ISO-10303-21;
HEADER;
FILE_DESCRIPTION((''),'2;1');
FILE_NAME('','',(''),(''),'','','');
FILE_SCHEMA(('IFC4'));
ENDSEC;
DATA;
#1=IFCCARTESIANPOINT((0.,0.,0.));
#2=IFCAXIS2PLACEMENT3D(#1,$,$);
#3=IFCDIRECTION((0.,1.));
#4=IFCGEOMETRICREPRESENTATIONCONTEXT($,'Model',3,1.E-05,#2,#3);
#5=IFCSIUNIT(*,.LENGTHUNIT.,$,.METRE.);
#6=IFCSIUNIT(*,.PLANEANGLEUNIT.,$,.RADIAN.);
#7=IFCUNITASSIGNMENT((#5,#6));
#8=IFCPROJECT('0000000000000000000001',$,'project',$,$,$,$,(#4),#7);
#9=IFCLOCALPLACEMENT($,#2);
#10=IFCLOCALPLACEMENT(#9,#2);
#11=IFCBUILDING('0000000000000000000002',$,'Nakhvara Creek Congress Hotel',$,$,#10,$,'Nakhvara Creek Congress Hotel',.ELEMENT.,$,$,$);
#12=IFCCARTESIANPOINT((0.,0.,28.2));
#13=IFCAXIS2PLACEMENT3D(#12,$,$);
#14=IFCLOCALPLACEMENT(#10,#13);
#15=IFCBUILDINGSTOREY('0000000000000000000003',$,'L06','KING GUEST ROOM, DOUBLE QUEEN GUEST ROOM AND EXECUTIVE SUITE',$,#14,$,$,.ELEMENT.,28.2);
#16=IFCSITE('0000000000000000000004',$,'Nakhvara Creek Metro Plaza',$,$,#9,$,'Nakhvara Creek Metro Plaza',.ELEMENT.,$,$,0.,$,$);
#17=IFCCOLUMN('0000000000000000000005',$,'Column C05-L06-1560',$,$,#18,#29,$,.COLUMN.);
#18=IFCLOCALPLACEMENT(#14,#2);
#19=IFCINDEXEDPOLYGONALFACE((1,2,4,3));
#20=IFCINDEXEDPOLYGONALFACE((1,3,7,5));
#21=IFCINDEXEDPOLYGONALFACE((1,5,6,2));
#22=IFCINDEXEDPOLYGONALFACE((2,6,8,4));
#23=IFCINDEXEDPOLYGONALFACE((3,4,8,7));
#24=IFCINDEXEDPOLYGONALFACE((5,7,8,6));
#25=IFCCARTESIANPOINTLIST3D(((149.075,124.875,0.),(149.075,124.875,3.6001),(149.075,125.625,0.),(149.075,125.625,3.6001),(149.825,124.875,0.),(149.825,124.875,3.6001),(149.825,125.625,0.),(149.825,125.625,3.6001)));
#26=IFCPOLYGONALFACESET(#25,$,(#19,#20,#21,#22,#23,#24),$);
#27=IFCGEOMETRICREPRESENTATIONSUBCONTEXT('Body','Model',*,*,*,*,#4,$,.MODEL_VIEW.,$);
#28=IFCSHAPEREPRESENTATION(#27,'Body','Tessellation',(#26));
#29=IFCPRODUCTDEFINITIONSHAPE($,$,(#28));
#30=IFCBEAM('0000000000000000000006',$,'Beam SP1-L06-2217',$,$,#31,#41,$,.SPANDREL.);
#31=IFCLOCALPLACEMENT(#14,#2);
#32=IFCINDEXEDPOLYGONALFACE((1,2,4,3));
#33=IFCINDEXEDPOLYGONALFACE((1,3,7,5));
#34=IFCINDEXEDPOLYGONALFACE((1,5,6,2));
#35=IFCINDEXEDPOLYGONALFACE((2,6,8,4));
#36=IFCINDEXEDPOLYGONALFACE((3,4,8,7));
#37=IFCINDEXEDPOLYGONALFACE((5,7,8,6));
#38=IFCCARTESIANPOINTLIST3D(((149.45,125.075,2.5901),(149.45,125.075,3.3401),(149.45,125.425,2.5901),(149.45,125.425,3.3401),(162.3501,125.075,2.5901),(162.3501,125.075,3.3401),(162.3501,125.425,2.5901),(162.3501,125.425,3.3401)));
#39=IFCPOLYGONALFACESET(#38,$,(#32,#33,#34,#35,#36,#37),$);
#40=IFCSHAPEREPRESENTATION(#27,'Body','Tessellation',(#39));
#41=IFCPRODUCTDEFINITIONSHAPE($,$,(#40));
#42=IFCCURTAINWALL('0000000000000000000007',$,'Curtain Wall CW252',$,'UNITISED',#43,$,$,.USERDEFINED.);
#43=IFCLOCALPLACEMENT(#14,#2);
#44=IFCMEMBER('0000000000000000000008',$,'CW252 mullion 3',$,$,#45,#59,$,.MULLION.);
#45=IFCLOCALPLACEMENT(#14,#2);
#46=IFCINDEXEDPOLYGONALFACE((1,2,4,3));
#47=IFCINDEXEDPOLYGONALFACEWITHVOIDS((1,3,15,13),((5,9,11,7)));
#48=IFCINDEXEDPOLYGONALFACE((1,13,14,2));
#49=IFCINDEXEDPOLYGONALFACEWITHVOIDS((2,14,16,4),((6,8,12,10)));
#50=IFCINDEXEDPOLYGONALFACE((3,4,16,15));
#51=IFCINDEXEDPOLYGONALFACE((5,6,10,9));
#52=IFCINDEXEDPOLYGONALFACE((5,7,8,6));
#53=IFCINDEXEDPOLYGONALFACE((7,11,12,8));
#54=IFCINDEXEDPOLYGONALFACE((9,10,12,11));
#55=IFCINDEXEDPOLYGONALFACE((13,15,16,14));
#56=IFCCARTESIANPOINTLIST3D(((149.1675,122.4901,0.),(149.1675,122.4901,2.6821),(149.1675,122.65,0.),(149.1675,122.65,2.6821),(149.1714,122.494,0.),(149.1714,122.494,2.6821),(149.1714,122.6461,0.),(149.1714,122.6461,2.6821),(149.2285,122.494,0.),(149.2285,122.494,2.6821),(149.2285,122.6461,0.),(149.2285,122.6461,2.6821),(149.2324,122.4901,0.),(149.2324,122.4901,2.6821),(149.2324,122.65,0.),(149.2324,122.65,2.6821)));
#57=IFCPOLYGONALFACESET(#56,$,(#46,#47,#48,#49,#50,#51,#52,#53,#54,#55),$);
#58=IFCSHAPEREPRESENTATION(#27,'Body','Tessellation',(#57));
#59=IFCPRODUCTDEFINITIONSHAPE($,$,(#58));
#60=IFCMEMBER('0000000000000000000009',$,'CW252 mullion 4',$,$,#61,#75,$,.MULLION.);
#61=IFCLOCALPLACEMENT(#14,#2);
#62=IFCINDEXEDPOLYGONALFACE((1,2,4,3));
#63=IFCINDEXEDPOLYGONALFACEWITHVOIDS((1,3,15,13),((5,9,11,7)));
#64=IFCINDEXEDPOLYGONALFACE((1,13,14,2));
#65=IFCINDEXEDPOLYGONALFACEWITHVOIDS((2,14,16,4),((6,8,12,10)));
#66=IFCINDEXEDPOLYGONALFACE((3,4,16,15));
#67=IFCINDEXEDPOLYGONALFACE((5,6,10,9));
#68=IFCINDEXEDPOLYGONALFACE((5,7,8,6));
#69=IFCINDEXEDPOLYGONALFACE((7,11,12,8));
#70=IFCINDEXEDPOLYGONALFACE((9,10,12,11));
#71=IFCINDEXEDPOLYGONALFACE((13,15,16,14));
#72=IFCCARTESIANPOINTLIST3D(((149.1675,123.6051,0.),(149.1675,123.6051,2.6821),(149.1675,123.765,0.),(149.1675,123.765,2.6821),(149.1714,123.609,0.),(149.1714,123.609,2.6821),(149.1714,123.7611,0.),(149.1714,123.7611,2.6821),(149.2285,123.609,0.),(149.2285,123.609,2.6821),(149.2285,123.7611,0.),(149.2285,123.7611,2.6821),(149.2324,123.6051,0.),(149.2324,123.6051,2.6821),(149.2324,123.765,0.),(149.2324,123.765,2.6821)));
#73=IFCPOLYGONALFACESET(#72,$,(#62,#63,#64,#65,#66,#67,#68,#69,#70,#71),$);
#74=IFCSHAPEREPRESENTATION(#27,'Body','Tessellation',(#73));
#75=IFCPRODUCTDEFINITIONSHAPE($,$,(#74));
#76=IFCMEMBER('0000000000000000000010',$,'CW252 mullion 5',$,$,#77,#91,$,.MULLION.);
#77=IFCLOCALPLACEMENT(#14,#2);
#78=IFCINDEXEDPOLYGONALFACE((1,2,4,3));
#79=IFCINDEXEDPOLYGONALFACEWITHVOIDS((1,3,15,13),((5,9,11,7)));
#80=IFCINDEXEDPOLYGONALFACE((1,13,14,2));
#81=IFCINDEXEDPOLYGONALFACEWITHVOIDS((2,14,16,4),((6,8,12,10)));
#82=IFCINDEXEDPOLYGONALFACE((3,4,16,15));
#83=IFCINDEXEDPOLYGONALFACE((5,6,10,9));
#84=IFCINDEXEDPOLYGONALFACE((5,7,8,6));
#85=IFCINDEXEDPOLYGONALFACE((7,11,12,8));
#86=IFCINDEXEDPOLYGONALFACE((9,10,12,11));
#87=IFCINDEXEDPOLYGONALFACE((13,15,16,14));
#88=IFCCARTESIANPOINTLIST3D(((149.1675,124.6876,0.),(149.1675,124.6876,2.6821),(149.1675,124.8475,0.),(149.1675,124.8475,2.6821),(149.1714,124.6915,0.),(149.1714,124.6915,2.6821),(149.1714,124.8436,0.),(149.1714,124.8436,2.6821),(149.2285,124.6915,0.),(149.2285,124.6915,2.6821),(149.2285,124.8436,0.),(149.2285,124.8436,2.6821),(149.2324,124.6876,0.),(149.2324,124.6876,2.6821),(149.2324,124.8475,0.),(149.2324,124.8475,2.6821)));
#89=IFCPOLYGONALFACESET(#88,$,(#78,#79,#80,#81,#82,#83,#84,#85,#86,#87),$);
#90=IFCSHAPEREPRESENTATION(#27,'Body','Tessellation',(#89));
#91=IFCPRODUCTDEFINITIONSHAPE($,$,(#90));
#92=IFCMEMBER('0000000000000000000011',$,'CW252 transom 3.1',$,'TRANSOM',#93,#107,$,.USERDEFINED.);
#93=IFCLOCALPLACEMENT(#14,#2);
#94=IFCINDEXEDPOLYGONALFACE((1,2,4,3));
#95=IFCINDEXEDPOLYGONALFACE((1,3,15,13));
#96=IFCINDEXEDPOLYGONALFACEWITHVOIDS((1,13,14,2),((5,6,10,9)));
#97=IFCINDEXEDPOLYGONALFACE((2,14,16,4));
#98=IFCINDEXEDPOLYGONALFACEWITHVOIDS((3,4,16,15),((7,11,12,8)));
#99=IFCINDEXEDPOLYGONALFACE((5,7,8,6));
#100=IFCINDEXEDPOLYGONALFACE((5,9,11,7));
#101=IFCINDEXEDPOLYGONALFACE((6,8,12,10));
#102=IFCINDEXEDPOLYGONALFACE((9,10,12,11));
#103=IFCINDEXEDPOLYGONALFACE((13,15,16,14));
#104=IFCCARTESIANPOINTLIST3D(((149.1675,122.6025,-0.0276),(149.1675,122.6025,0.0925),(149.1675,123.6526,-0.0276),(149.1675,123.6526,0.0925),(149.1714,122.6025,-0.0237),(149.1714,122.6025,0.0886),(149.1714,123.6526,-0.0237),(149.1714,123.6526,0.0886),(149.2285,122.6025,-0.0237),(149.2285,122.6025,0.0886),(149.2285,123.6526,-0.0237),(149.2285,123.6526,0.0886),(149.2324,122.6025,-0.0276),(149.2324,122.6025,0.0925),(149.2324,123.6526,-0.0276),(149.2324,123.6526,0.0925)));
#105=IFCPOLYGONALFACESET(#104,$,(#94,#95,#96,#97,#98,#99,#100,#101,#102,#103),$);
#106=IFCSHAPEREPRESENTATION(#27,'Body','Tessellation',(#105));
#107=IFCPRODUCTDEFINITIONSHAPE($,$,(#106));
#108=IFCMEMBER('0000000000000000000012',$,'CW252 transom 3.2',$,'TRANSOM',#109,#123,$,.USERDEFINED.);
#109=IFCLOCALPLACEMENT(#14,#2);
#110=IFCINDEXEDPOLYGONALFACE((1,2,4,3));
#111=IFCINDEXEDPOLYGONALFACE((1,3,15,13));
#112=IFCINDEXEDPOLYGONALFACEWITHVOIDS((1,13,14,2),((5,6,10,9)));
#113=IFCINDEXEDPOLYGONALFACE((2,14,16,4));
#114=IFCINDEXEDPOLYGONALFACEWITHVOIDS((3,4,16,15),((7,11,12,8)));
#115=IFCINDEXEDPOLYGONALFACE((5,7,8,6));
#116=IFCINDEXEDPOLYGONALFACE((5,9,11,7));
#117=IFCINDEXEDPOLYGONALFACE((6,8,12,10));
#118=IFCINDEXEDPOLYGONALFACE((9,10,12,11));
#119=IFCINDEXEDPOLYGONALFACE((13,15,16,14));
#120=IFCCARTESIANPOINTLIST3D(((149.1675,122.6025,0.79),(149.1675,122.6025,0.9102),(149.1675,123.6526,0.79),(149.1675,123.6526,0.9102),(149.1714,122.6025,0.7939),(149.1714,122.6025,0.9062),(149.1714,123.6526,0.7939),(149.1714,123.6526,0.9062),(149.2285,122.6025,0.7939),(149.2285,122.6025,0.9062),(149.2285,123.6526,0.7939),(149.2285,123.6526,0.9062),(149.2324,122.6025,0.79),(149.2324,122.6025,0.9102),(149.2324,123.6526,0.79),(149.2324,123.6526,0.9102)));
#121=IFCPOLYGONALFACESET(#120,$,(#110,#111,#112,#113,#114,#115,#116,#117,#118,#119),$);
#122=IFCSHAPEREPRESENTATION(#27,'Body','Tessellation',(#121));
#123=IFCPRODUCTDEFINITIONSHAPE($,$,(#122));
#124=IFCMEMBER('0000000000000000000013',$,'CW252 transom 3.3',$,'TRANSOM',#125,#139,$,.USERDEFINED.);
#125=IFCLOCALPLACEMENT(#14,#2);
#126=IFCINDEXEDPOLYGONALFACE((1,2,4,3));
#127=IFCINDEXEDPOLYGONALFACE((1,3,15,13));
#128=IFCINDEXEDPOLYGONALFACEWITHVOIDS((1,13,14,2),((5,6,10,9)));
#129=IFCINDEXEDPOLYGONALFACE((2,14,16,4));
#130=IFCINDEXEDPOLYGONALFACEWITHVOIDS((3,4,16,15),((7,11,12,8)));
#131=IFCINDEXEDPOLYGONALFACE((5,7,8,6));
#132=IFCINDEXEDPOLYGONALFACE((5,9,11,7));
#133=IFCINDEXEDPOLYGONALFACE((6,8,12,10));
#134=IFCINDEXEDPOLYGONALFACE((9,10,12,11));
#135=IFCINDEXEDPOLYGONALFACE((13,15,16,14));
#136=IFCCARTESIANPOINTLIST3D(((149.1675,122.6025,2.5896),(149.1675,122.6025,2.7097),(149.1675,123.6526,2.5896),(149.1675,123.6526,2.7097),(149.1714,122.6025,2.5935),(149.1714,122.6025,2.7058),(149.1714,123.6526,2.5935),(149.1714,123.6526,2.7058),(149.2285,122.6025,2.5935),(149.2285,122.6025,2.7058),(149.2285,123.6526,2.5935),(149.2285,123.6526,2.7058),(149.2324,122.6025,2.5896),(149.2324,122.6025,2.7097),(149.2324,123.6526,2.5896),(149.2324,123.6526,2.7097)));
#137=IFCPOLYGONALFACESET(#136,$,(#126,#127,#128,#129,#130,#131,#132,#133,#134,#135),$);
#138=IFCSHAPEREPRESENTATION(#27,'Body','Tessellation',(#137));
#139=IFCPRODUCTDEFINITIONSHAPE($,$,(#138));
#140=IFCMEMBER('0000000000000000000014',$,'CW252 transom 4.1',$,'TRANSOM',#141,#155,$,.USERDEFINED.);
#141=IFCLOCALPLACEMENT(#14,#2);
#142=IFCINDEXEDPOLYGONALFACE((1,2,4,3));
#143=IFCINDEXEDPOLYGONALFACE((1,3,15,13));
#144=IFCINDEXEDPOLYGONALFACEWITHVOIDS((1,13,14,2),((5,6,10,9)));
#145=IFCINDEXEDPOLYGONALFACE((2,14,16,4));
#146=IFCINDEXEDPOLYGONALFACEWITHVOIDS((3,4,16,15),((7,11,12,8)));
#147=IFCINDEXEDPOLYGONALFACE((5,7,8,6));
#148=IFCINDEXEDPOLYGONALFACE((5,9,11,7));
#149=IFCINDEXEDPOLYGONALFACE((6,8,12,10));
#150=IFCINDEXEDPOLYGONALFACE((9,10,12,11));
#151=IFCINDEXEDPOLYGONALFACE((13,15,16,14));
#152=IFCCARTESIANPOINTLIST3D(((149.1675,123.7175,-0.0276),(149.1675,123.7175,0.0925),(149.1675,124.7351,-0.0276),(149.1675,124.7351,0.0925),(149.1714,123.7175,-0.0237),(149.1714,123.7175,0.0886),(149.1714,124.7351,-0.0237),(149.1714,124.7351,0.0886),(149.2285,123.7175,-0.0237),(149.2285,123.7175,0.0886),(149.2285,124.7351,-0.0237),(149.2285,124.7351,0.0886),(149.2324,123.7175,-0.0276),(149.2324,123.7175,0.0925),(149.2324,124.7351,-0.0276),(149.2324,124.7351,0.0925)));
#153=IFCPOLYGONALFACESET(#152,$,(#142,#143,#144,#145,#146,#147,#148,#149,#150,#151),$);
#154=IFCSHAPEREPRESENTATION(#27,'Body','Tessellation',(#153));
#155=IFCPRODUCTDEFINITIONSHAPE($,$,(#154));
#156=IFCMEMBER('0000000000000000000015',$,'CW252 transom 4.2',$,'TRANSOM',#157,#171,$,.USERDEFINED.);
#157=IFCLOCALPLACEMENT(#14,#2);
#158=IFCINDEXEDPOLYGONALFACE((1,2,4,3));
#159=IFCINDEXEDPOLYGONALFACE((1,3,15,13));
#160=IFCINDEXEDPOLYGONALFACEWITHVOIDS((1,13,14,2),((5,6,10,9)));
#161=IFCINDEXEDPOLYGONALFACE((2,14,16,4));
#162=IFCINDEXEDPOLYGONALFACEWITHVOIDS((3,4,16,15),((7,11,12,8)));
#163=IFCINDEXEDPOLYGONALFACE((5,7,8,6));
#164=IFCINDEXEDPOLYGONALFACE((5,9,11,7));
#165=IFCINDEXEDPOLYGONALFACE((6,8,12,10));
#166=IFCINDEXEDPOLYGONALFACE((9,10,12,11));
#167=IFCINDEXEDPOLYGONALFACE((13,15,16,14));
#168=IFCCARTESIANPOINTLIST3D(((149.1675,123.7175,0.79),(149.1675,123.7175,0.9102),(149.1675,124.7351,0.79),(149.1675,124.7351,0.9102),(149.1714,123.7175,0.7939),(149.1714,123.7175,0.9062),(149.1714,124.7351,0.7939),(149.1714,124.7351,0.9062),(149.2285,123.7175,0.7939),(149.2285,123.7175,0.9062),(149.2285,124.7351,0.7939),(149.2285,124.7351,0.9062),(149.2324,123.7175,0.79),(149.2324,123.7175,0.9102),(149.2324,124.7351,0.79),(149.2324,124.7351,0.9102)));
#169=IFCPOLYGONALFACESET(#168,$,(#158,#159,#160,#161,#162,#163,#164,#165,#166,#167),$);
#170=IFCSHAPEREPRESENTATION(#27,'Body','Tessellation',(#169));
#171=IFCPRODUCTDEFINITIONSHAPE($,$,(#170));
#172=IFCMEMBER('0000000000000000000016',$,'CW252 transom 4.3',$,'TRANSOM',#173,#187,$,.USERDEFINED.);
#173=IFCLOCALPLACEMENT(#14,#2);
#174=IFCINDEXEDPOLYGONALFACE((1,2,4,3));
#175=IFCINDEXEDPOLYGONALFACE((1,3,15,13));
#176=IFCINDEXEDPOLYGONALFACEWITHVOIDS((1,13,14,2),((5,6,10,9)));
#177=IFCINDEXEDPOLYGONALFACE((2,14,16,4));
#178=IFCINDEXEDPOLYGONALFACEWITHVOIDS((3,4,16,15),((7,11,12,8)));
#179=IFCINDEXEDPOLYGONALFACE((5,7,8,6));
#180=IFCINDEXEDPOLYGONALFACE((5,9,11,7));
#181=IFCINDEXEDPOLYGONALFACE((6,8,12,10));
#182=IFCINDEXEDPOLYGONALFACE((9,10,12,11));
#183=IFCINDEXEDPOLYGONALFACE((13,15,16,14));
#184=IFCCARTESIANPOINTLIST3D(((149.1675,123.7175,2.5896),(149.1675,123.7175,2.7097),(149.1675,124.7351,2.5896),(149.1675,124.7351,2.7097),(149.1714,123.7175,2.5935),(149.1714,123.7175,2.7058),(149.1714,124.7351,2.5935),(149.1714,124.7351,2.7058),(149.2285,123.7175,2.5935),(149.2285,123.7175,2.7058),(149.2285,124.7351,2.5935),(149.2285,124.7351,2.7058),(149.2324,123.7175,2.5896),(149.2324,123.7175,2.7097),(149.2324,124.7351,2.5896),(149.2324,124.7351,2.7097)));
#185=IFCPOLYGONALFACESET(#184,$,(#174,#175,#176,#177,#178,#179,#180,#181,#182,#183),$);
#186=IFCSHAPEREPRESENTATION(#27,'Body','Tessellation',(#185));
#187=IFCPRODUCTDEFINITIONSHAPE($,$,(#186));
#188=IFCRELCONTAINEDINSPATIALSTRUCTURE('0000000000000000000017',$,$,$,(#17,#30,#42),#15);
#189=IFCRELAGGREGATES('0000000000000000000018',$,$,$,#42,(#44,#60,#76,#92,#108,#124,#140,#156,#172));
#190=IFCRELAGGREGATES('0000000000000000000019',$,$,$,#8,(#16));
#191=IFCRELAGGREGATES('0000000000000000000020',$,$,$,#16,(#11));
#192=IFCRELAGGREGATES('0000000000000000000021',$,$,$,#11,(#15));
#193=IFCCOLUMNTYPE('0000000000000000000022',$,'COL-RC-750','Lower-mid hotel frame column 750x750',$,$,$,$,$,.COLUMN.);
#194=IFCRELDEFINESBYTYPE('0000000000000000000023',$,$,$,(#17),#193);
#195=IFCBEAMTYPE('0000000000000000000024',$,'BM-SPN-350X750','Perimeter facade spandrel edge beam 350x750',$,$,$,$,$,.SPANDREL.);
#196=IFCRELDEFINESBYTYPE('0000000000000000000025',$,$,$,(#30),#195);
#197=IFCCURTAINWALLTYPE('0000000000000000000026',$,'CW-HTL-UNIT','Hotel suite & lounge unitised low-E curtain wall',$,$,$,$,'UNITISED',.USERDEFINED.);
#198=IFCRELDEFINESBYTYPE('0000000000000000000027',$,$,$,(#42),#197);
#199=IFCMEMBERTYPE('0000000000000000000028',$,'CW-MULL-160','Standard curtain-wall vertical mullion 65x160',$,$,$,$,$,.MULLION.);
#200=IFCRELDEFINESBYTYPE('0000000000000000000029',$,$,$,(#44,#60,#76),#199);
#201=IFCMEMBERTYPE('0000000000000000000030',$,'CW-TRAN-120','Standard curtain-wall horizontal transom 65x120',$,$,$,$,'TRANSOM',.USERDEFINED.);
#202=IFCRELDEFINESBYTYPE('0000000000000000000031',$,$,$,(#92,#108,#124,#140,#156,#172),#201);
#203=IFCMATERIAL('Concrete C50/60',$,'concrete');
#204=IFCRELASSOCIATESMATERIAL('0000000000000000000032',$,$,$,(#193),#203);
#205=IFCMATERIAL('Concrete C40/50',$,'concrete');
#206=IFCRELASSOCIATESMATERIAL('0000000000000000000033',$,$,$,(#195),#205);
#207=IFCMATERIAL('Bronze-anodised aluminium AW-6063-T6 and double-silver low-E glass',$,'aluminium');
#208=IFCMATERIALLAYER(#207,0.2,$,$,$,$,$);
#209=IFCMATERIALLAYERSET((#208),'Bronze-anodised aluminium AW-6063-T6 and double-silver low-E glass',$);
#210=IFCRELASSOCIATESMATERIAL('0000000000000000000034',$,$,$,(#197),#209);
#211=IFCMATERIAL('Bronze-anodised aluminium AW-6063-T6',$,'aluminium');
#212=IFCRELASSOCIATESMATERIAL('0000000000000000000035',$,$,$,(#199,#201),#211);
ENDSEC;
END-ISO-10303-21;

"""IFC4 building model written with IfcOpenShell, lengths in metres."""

from ifc_helpers import new_model, si_unit, direction, frame, origin, origin_2d, place, context, subcontext, project, spatial, rectangle, hollow_rectangle, extrude, material, layer, layer_set, material_profile, profile_set, type_object, element, aggregate, save


model = new_model("IFC4")

# Units and contexts
model_context = context("Model", 3, precision=1e-05, world=origin(), true_north=direction((0.0, 1.0)))
body_context = subcontext(model_context, "Body", "Model", "MODEL_VIEW")
ifc_project = project(units=[si_unit("LENGTHUNIT", "METRE"), si_unit("PLANEANGLEUNIT", "RADIAN")], contexts=[model_context])

# Site, building, storey
site_placement = place(None, origin())
site = spatial("IfcSite", under=ifc_project, at=site_placement, Name="Nakhvara Creek Metro Plaza", LongName="Nakhvara Creek Metro Plaza", CompositionType="ELEMENT", RefElevation=0.0)
building_placement = place(site_placement, origin())
building = spatial("IfcBuilding", under=site, at=building_placement, Name="Nakhvara Creek Congress Hotel", LongName="Nakhvara Creek Congress Hotel", CompositionType="ELEMENT")
storey_placement = place(building_placement, frame((0.0, 0.0, 28.2)))
storey = spatial("IfcBuildingStorey", under=building, at=storey_placement, Name="L06", Description="KING GUEST ROOM, DOUBLE QUEEN GUEST ROOM AND EXECUTIVE SUITE", CompositionType="ELEMENT", Elevation=28.2)

# Column
ifc_material_1 = material(Name="Concrete C50/60", Category="concrete")
ifc_material_profile_1 = material_profile(ifc_material_1, rectangle(XDim=0.75, YDim=0.75, at=origin_2d()), Name="RC-COL 750x750", Category="LoadBearing")
ifc_profile_set_1 = profile_set([ifc_material_profile_1], Name="Concrete C50/60")
column_type = type_object("IfcColumnType", Name="COL-RC-750", Description="Lower-mid hotel frame column 750x750", PredefinedType="COLUMN", material=ifc_profile_set_1)
column_placement = place(storey_placement, frame((149.45, 125.25, 0.0), z_axis=(0.0, 0.0, 1.0), x_axis=(1.0, 0.0, 0.0)))
element("IfcColumn", 1, at=column_placement, inside=storey, type_object=column_type, Name="Column C05-L06-1560", PredefinedType="COLUMN", context=body_context, shape_type="SweptSolid", body=[
    extrude(rectangle(XDim=0.75, YDim=0.75, at=origin_2d()), origin(), (0.0, 0.0, 1.0), 3.6001),
])

# Beam
ifc_material_2 = material(Name="Concrete C40/50", Category="concrete")
ifc_material_profile_2 = material_profile(ifc_material_2, rectangle(XDim=0.3501, YDim=0.75, at=origin_2d()), Name="RC-SPANDREL 350x750", Category="LoadBearing")
ifc_profile_set_2 = profile_set([ifc_material_profile_2], Name="Concrete C40/50")
beam_type = type_object("IfcBeamType", Name="BM-SPN-350X750", Description="Perimeter facade spandrel edge beam 350x750", PredefinedType="SPANDREL", material=ifc_profile_set_2)
beam_placement = place(storey_placement, frame((149.45, 125.25, 2.9651), z_axis=(1.0, 0.0, 0.0), x_axis=(0.0, 1.0, 0.0)))
element("IfcBeam", 2, at=beam_placement, inside=storey, type_object=beam_type, Name="Beam SP1-L06-2217", PredefinedType="SPANDREL", context=body_context, shape_type="SweptSolid", body=[
    extrude(rectangle(XDim=0.3501, YDim=0.75, at=origin_2d()), origin(), (0.0, 0.0, 1.0), 12.9001),
])

# Curtain wall, members
ifc_material_3 = material(Name="Bronze-anodised aluminium AW-6063-T6 and double-silver low-E glass", Category="aluminium")
ifc_layer_1 = layer(ifc_material_3, 0.2)
ifc_layer_set_1 = layer_set([ifc_layer_1], Name="Bronze-anodised aluminium AW-6063-T6 and double-silver low-E glass")
curtain_wall_type = type_object("IfcCurtainWallType", Name="CW-HTL-UNIT", Description="Hotel suite & lounge unitised low-E curtain wall", ElementType="UNITISED", PredefinedType="USERDEFINED", material=ifc_layer_set_1)
curtain_wall_placement = place(storey_placement, origin())
curtain_wall = element("IfcCurtainWall", 3, at=curtain_wall_placement, inside=storey, type_object=curtain_wall_type, Name="Curtain Wall CW252", ObjectType="UNITISED", PredefinedType="USERDEFINED")
ifc_material_4 = material(Name="Bronze-anodised aluminium AW-6063-T6", Category="aluminium")
ifc_material_profile_3 = material_profile(ifc_material_4, hollow_rectangle(XDim=0.0649, YDim=0.1599, WallThickness=0.0039, at=origin_2d()), Name="ALU-MULL 65x160x4", Category="LoadBearing")
ifc_profile_set_3 = profile_set([ifc_material_profile_3], Name="Bronze-anodised aluminium AW-6063-T6")
member_type_1 = type_object("IfcMemberType", Name="CW-MULL-160", Description="Standard curtain-wall vertical mullion 65x160", PredefinedType="MULLION", material=ifc_profile_set_3)
member_1_placement = place(storey_placement, frame((149.2, 122.5701, 0.0), z_axis=(0.0, 0.0, 1.0), x_axis=(-1.0, 0.0, 0.0)))
member_1 = element("IfcMember", 4, at=member_1_placement, type_object=member_type_1, Name="CW252 mullion 3", PredefinedType="MULLION", context=body_context, shape_type="SweptSolid", body=[
    extrude(hollow_rectangle(XDim=0.0649, YDim=0.1599, WallThickness=0.0039, at=origin_2d()), origin(), (0.0, 0.0, 1.0), 2.6821),
])
member_2_placement = place(storey_placement, frame((149.2, 123.6851, 0.0), z_axis=(0.0, 0.0, 1.0), x_axis=(-1.0, 0.0, 0.0)))
member_2 = element("IfcMember", 5, at=member_2_placement, type_object=member_type_1, Name="CW252 mullion 4", PredefinedType="MULLION", context=body_context, shape_type="SweptSolid", body=[
    extrude(hollow_rectangle(XDim=0.0649, YDim=0.1599, WallThickness=0.0039, at=origin_2d()), origin(), (0.0, 0.0, 1.0), 2.6821),
])
member_3_placement = place(storey_placement, frame((149.2, 124.7676, 0.0), z_axis=(0.0, 0.0, 1.0), x_axis=(-1.0, 0.0, 0.0)))
member_3 = element("IfcMember", 6, at=member_3_placement, type_object=member_type_1, Name="CW252 mullion 5", PredefinedType="MULLION", context=body_context, shape_type="SweptSolid", body=[
    extrude(hollow_rectangle(XDim=0.0649, YDim=0.1599, WallThickness=0.0039, at=origin_2d()), origin(), (0.0, 0.0, 1.0), 2.6821),
])
ifc_material_profile_4 = material_profile(ifc_material_4, hollow_rectangle(XDim=0.0649, YDim=0.1201, WallThickness=0.0039, at=origin_2d()), Name="ALU-TRAN 65x120x4", Category="LoadBearing")
ifc_profile_set_4 = profile_set([ifc_material_profile_4], Name="Bronze-anodised aluminium AW-6063-T6")
member_type_2 = type_object("IfcMemberType", Name="CW-TRAN-120", Description="Standard curtain-wall horizontal transom 65x120", ElementType="TRANSOM", PredefinedType="USERDEFINED", material=ifc_profile_set_4)
member_4_placement = place(storey_placement, frame((149.2, 122.6025, 0.0325), z_axis=(0.0, 1.0, 0.0), x_axis=(-1.0, 0.0, 0.0)))
member_4 = element("IfcMember", 7, at=member_4_placement, type_object=member_type_2, Name="CW252 transom 3.1", ObjectType="TRANSOM", PredefinedType="USERDEFINED", context=body_context, shape_type="SweptSolid", body=[
    extrude(hollow_rectangle(XDim=0.0649, YDim=0.1201, WallThickness=0.0039, at=origin_2d()), origin(), (0.0, 0.0, 1.0), 1.05),
])
member_5_placement = place(storey_placement, frame((149.2, 122.6025, 0.8501), z_axis=(0.0, 1.0, 0.0), x_axis=(-1.0, 0.0, 0.0)))
member_5 = element("IfcMember", 8, at=member_5_placement, type_object=member_type_2, Name="CW252 transom 3.2", ObjectType="TRANSOM", PredefinedType="USERDEFINED", context=body_context, shape_type="SweptSolid", body=[
    extrude(hollow_rectangle(XDim=0.0649, YDim=0.1201, WallThickness=0.0039, at=origin_2d()), origin(), (0.0, 0.0, 1.0), 1.05),
])
member_6_placement = place(storey_placement, frame((149.2, 122.6025, 2.6497), z_axis=(0.0, 1.0, 0.0), x_axis=(-1.0, 0.0, 0.0)))
member_6 = element("IfcMember", 9, at=member_6_placement, type_object=member_type_2, Name="CW252 transom 3.3", ObjectType="TRANSOM", PredefinedType="USERDEFINED", context=body_context, shape_type="SweptSolid", body=[
    extrude(hollow_rectangle(XDim=0.0649, YDim=0.1201, WallThickness=0.0039, at=origin_2d()), origin(), (0.0, 0.0, 1.0), 1.05),
])
member_7_placement = place(storey_placement, frame((149.2, 123.7175, 0.0325), z_axis=(0.0, 1.0, 0.0), x_axis=(-1.0, 0.0, 0.0)))
member_7 = element("IfcMember", 10, at=member_7_placement, type_object=member_type_2, Name="CW252 transom 4.1", ObjectType="TRANSOM", PredefinedType="USERDEFINED", context=body_context, shape_type="SweptSolid", body=[
    extrude(hollow_rectangle(XDim=0.0649, YDim=0.1201, WallThickness=0.0039, at=origin_2d()), origin(), (0.0, 0.0, 1.0), 1.0176),
])
member_8_placement = place(storey_placement, frame((149.2, 123.7175, 0.8501), z_axis=(0.0, 1.0, 0.0), x_axis=(-1.0, 0.0, 0.0)))
member_8 = element("IfcMember", 11, at=member_8_placement, type_object=member_type_2, Name="CW252 transom 4.2", ObjectType="TRANSOM", PredefinedType="USERDEFINED", context=body_context, shape_type="SweptSolid", body=[
    extrude(hollow_rectangle(XDim=0.0649, YDim=0.1201, WallThickness=0.0039, at=origin_2d()), origin(), (0.0, 0.0, 1.0), 1.0176),
])
member_9_placement = place(storey_placement, frame((149.2, 123.7175, 2.6497), z_axis=(0.0, 1.0, 0.0), x_axis=(-1.0, 0.0, 0.0)))
member_9 = element("IfcMember", 12, at=member_9_placement, type_object=member_type_2, Name="CW252 transom 4.3", ObjectType="TRANSOM", PredefinedType="USERDEFINED", context=body_context, shape_type="SweptSolid", body=[
    extrude(hollow_rectangle(XDim=0.0649, YDim=0.1201, WallThickness=0.0039, at=origin_2d()), origin(), (0.0, 0.0, 1.0), 1.0176),
])
aggregate(curtain_wall, [member_1, member_2, member_3, member_4, member_5, member_6, member_7, member_8, member_9])

save(model, "model.ifc")
